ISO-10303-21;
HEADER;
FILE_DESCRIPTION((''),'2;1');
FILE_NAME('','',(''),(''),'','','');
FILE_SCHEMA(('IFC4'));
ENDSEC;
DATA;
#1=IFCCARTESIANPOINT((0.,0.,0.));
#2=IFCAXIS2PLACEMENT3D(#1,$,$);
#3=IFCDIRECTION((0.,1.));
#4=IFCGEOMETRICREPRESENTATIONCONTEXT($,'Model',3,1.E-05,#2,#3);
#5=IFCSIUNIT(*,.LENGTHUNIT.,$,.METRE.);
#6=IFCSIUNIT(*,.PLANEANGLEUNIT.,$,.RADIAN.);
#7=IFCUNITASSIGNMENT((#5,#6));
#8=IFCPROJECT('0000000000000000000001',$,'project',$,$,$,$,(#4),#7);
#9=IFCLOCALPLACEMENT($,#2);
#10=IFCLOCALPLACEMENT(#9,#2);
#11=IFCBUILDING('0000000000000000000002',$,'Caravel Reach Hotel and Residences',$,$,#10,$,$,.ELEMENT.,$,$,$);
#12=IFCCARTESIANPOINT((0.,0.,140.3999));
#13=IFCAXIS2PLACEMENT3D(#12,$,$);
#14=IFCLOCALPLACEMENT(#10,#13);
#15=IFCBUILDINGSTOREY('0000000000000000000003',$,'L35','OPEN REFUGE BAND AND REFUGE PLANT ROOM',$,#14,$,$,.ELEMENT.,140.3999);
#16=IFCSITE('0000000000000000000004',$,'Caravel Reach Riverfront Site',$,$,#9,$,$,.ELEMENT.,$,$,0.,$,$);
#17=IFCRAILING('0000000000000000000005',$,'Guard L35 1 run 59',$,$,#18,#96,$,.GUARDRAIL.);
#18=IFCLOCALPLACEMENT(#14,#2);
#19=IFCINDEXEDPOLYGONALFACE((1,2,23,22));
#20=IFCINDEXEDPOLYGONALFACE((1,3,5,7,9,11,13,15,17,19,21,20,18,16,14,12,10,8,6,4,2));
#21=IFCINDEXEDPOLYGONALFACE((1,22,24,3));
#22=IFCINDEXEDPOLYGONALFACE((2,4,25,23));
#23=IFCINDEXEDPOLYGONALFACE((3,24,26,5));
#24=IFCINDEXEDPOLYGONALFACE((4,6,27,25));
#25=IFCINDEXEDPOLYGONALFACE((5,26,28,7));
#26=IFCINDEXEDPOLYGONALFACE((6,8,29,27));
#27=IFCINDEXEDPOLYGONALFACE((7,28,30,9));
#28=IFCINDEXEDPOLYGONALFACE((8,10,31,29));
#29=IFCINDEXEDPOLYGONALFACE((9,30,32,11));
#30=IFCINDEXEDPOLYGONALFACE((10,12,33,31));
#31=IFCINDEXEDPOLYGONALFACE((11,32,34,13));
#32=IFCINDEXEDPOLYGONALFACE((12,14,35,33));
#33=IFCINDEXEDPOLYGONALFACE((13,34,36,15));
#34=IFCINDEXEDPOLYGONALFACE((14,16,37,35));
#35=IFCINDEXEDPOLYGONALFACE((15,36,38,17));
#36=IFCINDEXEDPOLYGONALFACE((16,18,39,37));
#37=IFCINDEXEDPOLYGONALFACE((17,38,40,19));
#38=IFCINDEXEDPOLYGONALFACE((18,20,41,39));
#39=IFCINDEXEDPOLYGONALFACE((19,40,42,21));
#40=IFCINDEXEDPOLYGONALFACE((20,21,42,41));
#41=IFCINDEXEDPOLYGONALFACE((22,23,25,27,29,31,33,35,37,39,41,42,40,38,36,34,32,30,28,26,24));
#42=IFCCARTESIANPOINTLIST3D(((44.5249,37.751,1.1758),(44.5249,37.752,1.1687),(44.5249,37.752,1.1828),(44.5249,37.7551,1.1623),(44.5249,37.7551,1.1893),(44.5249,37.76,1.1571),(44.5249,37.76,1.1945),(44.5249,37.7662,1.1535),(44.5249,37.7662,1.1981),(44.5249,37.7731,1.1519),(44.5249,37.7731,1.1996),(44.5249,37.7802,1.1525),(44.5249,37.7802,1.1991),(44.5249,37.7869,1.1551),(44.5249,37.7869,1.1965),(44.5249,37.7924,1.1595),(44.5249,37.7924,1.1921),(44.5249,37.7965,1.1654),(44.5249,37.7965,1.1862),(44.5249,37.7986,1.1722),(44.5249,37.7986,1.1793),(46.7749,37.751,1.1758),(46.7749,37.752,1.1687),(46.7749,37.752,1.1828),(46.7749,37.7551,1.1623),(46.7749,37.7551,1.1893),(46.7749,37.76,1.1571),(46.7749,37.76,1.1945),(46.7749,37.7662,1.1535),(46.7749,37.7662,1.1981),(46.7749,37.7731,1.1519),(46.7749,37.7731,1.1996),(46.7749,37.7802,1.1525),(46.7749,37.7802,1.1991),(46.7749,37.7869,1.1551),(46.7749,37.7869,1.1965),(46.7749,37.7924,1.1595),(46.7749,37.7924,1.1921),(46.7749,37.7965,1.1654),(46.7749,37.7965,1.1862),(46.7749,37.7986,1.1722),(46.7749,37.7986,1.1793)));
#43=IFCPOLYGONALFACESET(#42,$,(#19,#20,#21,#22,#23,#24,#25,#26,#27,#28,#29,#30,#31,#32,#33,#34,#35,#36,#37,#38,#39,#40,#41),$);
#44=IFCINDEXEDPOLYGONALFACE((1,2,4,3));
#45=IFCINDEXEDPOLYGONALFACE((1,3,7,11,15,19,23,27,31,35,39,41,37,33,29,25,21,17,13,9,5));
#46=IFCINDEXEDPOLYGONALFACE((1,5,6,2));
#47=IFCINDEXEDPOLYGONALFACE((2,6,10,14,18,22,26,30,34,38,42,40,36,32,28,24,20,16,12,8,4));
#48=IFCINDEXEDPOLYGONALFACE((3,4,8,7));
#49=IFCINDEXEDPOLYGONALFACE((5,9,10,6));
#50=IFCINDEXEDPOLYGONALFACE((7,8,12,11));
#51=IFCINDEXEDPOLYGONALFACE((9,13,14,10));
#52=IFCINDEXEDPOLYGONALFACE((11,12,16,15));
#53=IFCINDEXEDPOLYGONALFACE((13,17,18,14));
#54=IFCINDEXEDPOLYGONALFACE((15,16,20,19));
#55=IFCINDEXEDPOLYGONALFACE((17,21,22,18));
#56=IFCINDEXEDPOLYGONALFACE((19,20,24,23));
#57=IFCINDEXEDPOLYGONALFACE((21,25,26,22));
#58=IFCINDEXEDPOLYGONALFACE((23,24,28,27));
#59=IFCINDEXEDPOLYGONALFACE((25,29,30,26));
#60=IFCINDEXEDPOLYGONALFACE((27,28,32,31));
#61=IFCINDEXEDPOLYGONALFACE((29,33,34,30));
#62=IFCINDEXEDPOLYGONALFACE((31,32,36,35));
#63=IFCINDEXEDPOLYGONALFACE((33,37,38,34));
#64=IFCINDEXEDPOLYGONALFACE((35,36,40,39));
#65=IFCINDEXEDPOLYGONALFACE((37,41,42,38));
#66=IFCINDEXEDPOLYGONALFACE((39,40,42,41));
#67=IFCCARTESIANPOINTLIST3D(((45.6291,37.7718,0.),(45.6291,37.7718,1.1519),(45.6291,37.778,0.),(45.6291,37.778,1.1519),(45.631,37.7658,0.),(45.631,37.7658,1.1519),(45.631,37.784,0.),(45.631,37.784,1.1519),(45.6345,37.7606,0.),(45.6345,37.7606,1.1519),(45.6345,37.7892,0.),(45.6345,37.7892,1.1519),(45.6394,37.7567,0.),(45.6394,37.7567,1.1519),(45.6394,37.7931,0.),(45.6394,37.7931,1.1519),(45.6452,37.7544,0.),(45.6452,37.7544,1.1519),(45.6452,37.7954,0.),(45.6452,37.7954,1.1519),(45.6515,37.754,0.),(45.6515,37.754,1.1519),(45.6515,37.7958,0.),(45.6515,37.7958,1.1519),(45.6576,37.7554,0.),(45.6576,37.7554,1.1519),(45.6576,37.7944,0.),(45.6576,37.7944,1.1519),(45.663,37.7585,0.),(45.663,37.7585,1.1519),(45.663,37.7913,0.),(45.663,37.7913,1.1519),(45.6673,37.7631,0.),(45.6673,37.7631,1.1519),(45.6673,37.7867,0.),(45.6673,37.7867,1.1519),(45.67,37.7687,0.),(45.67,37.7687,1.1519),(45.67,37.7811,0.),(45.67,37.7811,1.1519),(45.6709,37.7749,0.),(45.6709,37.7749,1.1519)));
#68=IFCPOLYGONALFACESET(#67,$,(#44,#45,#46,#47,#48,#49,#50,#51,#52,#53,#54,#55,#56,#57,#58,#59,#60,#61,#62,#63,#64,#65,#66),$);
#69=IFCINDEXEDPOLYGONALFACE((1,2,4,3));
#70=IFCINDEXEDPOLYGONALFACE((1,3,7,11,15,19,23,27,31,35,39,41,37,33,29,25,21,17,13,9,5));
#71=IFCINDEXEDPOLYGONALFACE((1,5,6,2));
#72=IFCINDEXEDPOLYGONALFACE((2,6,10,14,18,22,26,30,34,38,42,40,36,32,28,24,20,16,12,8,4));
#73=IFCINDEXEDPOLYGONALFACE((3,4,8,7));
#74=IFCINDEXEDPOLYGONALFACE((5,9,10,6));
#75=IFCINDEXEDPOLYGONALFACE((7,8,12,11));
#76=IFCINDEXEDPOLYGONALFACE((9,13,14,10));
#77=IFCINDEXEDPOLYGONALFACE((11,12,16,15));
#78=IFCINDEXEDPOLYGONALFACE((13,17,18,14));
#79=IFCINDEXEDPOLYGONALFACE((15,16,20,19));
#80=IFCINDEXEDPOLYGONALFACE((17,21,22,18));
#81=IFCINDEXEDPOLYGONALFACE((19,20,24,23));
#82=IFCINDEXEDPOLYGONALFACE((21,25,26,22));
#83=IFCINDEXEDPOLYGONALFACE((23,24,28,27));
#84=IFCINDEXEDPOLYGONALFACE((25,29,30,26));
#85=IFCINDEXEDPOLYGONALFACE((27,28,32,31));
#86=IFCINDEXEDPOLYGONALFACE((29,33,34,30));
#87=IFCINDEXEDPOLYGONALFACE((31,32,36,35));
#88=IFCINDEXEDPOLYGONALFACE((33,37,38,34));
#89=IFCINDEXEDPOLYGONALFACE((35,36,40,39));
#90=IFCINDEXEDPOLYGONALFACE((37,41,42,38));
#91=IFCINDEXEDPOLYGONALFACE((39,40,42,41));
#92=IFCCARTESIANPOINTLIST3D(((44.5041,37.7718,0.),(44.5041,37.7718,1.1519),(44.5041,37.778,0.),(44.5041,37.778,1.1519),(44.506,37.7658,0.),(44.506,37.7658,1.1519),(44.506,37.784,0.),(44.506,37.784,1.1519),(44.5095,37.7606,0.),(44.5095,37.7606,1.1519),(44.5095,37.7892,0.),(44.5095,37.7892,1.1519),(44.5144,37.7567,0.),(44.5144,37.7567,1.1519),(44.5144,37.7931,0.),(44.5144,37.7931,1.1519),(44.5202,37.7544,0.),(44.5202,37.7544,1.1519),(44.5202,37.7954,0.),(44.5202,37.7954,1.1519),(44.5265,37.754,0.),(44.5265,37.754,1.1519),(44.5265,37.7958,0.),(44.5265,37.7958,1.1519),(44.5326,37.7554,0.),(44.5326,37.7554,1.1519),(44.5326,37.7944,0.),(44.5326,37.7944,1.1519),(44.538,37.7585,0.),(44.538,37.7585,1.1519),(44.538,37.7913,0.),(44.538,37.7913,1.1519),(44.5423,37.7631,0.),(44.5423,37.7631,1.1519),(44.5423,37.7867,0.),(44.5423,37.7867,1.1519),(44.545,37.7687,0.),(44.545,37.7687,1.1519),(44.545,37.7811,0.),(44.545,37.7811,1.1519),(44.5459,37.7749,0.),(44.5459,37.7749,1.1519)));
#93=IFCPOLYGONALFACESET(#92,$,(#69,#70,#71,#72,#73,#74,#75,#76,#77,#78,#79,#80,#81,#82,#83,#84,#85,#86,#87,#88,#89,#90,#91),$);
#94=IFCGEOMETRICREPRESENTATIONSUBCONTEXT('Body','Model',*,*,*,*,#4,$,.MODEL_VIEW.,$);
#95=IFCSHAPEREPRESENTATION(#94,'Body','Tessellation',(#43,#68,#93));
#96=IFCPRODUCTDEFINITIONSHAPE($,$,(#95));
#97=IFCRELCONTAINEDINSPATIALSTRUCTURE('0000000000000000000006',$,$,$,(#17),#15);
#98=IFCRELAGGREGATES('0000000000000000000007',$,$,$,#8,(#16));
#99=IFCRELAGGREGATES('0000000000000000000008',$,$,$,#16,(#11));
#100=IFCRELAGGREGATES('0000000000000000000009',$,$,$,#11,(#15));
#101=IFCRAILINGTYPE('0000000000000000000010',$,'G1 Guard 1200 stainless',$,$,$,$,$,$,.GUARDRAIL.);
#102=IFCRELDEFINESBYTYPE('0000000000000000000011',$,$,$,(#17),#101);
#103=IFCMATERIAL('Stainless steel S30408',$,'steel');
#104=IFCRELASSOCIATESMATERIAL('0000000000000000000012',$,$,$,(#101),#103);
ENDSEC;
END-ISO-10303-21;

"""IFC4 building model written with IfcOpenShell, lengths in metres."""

from ifc_helpers import new_model, si_unit, direction, frame, origin, origin_2d, place, context, subcontext, project, spatial, circle, extrude, material, type_object, element, save


model = new_model("IFC4")

# Units and contexts
model_context = context("Model", 3, precision=1e-05, world=origin(), true_north=direction((0.0, 1.0)))
body_context = subcontext(model_context, "Body", "Model", "MODEL_VIEW")
ifc_project = project(units=[si_unit("LENGTHUNIT", "METRE"), si_unit("PLANEANGLEUNIT", "RADIAN")], contexts=[model_context])

# Site, building, storey
site_placement = place(None, origin())
site = spatial("IfcSite", under=ifc_project, at=site_placement, Name="Caravel Reach Riverfront Site", CompositionType="ELEMENT", RefElevation=0.0)
building_placement = place(site_placement, origin())
building = spatial("IfcBuilding", under=site, at=building_placement, Name="Caravel Reach Hotel and Residences", CompositionType="ELEMENT")
storey_placement = place(building_placement, frame((0.0, 0.0, 140.3999)))
storey = spatial("IfcBuildingStorey", under=building, at=storey_placement, Name="L35", Description="OPEN REFUGE BAND AND REFUGE PLANT ROOM", CompositionType="ELEMENT", Elevation=140.3999)

# Railing
ifc_material_1 = material(Name="Stainless steel S30408", Category="steel")
railing_type = type_object("IfcRailingType", Name="G1 Guard 1200 stainless", PredefinedType="GUARDRAIL", material=ifc_material_1)
railing_1_placement = place(storey_placement, frame((46.7749, 37.7749, 0.0)))
element("IfcRailing", 1, at=railing_1_placement, inside=storey, type_object=railing_type, Name="Guard L35 1 run 59", PredefinedType="GUARDRAIL", context=body_context, shape_type="SweptSolid", body=[
    extrude(circle(Radius=0.0239, at=origin_2d()), frame((0.0, 0.0, 1.1758), z_axis=(-1.0, 0.0, 0.0), x_axis=(0.0, -1.0, 0.0)), (0.0, 0.0, 1.0), 2.25),
    extrude(circle(Radius=0.021, at=origin_2d()), frame((-1.125, 0.0, 0.0)), (0.0, 0.0, 1.0), 1.1519),
    extrude(circle(Radius=0.021, at=origin_2d()), frame((-2.25, 0.0, 0.0)), (0.0, 0.0, 1.0), 1.1519),
])

save(model, "model.ifc")
